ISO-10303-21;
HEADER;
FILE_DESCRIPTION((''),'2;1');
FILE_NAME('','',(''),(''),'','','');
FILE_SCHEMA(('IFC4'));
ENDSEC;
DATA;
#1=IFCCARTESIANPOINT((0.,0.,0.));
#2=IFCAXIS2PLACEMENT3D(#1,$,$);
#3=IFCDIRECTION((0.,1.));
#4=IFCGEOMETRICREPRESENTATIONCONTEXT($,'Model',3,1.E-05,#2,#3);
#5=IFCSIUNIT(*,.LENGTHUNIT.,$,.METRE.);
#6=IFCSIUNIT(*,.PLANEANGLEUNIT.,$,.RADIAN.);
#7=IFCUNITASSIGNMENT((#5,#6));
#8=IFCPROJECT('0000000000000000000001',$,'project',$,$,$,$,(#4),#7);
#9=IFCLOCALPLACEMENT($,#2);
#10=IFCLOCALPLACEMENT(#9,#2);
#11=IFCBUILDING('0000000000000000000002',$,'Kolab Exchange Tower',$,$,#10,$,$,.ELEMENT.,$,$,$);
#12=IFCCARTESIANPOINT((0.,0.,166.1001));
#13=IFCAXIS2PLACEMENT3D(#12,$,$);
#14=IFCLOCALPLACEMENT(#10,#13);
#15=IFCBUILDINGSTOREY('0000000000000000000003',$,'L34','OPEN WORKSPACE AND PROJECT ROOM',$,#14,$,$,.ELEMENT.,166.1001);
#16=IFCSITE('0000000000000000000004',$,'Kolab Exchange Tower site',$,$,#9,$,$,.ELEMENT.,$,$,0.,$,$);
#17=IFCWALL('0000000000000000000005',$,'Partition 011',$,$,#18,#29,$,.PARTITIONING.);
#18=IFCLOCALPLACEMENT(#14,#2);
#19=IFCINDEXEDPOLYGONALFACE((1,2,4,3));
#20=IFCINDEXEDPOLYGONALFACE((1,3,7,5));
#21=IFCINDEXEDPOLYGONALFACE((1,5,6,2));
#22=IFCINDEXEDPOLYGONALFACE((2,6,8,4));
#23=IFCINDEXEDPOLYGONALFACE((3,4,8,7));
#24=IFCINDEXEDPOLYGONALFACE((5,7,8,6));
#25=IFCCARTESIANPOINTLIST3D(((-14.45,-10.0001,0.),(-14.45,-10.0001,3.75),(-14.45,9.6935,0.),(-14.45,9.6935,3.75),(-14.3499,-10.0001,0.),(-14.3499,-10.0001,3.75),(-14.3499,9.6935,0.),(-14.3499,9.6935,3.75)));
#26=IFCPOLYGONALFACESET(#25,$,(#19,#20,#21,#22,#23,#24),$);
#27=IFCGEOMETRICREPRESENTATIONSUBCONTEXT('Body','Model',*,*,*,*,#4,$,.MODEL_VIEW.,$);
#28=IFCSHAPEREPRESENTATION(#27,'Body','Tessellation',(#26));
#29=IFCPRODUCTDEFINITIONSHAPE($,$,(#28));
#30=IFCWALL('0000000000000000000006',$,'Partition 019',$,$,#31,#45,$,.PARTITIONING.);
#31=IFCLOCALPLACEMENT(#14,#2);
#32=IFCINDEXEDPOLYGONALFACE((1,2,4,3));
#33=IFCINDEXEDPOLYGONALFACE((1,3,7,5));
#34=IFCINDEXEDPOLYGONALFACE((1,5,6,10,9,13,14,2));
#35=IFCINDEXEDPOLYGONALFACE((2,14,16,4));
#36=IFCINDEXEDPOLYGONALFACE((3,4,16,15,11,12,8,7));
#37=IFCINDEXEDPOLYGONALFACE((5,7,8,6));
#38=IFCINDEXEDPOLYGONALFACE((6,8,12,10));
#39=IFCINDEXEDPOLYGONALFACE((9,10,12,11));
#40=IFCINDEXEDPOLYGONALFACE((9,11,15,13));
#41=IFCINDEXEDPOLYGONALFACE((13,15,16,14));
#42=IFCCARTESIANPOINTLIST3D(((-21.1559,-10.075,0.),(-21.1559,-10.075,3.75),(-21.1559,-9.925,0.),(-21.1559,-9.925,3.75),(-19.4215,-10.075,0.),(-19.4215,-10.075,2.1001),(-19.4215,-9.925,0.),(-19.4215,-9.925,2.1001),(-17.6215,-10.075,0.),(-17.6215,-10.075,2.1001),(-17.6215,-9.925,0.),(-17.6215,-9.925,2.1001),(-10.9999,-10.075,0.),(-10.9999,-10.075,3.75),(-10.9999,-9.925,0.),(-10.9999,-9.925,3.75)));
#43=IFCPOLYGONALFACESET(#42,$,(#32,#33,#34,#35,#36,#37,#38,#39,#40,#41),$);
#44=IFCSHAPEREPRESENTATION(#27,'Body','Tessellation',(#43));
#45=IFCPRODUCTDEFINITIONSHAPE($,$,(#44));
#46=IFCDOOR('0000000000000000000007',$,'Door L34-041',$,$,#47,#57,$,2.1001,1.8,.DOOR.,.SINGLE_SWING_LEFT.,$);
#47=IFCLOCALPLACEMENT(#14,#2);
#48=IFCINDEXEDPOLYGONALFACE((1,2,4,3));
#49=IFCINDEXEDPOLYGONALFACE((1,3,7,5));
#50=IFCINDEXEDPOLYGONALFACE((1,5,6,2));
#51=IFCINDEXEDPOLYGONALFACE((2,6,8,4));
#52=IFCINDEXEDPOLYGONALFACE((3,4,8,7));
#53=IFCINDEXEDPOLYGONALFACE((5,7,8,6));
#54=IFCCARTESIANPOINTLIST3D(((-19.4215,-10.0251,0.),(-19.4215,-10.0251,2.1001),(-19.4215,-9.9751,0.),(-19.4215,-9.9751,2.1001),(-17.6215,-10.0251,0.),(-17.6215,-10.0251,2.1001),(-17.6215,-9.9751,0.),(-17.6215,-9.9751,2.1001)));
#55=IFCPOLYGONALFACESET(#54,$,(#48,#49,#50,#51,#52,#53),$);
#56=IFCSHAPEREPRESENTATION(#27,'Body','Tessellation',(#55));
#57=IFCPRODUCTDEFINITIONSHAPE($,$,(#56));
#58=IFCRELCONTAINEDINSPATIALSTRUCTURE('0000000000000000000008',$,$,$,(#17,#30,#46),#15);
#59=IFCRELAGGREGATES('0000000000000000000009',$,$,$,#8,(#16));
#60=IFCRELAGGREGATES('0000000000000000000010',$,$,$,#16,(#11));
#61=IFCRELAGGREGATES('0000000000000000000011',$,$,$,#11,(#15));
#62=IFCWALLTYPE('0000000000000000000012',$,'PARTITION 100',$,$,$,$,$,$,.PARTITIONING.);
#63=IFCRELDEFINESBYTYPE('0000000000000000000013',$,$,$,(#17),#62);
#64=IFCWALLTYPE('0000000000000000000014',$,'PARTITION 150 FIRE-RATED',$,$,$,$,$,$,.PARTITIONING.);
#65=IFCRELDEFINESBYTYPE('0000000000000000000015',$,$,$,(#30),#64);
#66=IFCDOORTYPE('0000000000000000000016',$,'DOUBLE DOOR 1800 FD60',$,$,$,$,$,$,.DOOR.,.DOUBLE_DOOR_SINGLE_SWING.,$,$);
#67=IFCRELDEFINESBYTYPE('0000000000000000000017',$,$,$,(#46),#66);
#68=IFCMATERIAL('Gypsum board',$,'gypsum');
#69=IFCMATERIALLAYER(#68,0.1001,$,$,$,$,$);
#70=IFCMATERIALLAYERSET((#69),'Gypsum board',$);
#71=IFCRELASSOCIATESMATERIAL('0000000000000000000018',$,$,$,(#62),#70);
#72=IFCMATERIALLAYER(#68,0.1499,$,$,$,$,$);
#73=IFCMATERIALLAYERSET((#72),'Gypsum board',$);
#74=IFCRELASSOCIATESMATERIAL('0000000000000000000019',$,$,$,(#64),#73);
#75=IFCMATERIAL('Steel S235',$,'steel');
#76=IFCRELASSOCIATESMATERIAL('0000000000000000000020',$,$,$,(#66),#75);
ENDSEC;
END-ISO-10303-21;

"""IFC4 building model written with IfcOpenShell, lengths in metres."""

from ifc_helpers import new_model, si_unit, direction, frame, frame_2d, origin, place, context, subcontext, project, spatial, rectangle, extrude, material, layer, layer_set, type_object, element, fill, save


model = new_model("IFC4")

# Units and contexts
model_context = context("Model", 3, precision=1e-05, world=origin(), true_north=direction((0.0, 1.0)))
body_context = subcontext(model_context, "Body", "Model", "MODEL_VIEW")
ifc_project = project(units=[si_unit("LENGTHUNIT", "METRE"), si_unit("PLANEANGLEUNIT", "RADIAN")], contexts=[model_context])

# Site, building, storey
site_placement = place(None, origin())
site = spatial("IfcSite", under=ifc_project, at=site_placement, Name="Kolab Exchange Tower site", CompositionType="ELEMENT", RefElevation=0.0)
building_placement = place(site_placement, origin())
building = spatial("IfcBuilding", under=site, at=building_placement, Name="Kolab Exchange Tower", CompositionType="ELEMENT")
storey_placement = place(building_placement, frame((0.0, 0.0, 166.1001)))
storey = spatial("IfcBuildingStorey", under=building, at=storey_placement, Name="L34", Description="OPEN WORKSPACE AND PROJECT ROOM", CompositionType="ELEMENT", Elevation=166.1001)

# Wall
ifc_material_1 = material(Name="Gypsum board", Category="gypsum")
ifc_layer_1 = layer(ifc_material_1, 0.1001)
ifc_layer_set_1 = layer_set([ifc_layer_1], Name="Gypsum board")
wall_type_1 = type_object("IfcWallType", Name="PARTITION 100", PredefinedType="PARTITIONING", material=ifc_layer_set_1)
wall_1_placement = place(storey_placement, frame((-14.3999, -10.0, 0.0), z_axis=(0.0, 0.0, 1.0), x_axis=(0.0, 1.0, 0.0)))
element("IfcWall", 1, at=wall_1_placement, inside=storey, type_object=wall_type_1, Name="Partition 011", PredefinedType="PARTITIONING", context=body_context, shape_type="SweptSolid", body=[
    extrude(rectangle(XDim=19.6936, YDim=0.1001, at=frame_2d((9.8467, 0.0))), origin(), (0.0, 0.0, 1.0), 3.75),
])

# Wall, opening, door
ifc_layer_2 = layer(ifc_material_1, 0.1499)
ifc_layer_set_2 = layer_set([ifc_layer_2], Name="Gypsum board")
wall_type_2 = type_object("IfcWallType", Name="PARTITION 150 FIRE-RATED", PredefinedType="PARTITIONING", material=ifc_layer_set_2)
wall_2_placement = place(storey_placement, frame((-21.156, -10.0, 0.0), z_axis=(0.0, 0.0, 1.0), x_axis=(1.0, 0.0, 0.0)))
wall_2 = element("IfcWall", 2, at=wall_2_placement, inside=storey, type_object=wall_type_2, Name="Partition 019", PredefinedType="PARTITIONING", context=body_context, shape_type="SweptSolid", body=[
    extrude(rectangle(XDim=10.156, YDim=0.1499, at=frame_2d((5.0781, 0.0))), origin(), (0.0, 0.0, 1.0), 3.75),
])
opening_placement = place(wall_2_placement, frame((1.7346, 0.0, 0.0)))
opening = element("IfcOpeningElement", 3, at=opening_placement, cuts=wall_2, PredefinedType="OPENING", context=body_context, shape_type="SweptSolid", body=[
    extrude(rectangle(XDim=1.8, YDim=2.1001, at=frame_2d((0.8999, 1.05))), frame((0.0, 0.085, 0.0), z_axis=(0.0, -1.0, 0.0), x_axis=(1.0, 0.0, 0.0)), (0.0, 0.0, 1.0), 0.1699),
])
ifc_material_2 = material(Name="Steel S235", Category="steel")
door_type = type_object("IfcDoorType", Name="DOUBLE DOOR 1800 FD60", OperationType="DOUBLE_DOOR_SINGLE_SWING", PredefinedType="DOOR", material=ifc_material_2)
door_placement = place(opening_placement, origin())
door = element("IfcDoor", 4, at=door_placement, inside=storey, type_object=door_type, Name="Door L34-041", OperationType="SINGLE_SWING_LEFT", OverallHeight=2.1001, OverallWidth=1.8, PredefinedType="DOOR", context=body_context, shape_type="SweptSolid", body=[
    extrude(rectangle(XDim=1.8, YDim=2.1001, at=frame_2d((0.8999, 1.05))), frame((0.0, 0.0249, 0.0), z_axis=(0.0, -1.0, 0.0), x_axis=(1.0, 0.0, 0.0)), (0.0, 0.0, 1.0), 0.05),
])
fill(opening, door)

save(model, "model.ifc")
